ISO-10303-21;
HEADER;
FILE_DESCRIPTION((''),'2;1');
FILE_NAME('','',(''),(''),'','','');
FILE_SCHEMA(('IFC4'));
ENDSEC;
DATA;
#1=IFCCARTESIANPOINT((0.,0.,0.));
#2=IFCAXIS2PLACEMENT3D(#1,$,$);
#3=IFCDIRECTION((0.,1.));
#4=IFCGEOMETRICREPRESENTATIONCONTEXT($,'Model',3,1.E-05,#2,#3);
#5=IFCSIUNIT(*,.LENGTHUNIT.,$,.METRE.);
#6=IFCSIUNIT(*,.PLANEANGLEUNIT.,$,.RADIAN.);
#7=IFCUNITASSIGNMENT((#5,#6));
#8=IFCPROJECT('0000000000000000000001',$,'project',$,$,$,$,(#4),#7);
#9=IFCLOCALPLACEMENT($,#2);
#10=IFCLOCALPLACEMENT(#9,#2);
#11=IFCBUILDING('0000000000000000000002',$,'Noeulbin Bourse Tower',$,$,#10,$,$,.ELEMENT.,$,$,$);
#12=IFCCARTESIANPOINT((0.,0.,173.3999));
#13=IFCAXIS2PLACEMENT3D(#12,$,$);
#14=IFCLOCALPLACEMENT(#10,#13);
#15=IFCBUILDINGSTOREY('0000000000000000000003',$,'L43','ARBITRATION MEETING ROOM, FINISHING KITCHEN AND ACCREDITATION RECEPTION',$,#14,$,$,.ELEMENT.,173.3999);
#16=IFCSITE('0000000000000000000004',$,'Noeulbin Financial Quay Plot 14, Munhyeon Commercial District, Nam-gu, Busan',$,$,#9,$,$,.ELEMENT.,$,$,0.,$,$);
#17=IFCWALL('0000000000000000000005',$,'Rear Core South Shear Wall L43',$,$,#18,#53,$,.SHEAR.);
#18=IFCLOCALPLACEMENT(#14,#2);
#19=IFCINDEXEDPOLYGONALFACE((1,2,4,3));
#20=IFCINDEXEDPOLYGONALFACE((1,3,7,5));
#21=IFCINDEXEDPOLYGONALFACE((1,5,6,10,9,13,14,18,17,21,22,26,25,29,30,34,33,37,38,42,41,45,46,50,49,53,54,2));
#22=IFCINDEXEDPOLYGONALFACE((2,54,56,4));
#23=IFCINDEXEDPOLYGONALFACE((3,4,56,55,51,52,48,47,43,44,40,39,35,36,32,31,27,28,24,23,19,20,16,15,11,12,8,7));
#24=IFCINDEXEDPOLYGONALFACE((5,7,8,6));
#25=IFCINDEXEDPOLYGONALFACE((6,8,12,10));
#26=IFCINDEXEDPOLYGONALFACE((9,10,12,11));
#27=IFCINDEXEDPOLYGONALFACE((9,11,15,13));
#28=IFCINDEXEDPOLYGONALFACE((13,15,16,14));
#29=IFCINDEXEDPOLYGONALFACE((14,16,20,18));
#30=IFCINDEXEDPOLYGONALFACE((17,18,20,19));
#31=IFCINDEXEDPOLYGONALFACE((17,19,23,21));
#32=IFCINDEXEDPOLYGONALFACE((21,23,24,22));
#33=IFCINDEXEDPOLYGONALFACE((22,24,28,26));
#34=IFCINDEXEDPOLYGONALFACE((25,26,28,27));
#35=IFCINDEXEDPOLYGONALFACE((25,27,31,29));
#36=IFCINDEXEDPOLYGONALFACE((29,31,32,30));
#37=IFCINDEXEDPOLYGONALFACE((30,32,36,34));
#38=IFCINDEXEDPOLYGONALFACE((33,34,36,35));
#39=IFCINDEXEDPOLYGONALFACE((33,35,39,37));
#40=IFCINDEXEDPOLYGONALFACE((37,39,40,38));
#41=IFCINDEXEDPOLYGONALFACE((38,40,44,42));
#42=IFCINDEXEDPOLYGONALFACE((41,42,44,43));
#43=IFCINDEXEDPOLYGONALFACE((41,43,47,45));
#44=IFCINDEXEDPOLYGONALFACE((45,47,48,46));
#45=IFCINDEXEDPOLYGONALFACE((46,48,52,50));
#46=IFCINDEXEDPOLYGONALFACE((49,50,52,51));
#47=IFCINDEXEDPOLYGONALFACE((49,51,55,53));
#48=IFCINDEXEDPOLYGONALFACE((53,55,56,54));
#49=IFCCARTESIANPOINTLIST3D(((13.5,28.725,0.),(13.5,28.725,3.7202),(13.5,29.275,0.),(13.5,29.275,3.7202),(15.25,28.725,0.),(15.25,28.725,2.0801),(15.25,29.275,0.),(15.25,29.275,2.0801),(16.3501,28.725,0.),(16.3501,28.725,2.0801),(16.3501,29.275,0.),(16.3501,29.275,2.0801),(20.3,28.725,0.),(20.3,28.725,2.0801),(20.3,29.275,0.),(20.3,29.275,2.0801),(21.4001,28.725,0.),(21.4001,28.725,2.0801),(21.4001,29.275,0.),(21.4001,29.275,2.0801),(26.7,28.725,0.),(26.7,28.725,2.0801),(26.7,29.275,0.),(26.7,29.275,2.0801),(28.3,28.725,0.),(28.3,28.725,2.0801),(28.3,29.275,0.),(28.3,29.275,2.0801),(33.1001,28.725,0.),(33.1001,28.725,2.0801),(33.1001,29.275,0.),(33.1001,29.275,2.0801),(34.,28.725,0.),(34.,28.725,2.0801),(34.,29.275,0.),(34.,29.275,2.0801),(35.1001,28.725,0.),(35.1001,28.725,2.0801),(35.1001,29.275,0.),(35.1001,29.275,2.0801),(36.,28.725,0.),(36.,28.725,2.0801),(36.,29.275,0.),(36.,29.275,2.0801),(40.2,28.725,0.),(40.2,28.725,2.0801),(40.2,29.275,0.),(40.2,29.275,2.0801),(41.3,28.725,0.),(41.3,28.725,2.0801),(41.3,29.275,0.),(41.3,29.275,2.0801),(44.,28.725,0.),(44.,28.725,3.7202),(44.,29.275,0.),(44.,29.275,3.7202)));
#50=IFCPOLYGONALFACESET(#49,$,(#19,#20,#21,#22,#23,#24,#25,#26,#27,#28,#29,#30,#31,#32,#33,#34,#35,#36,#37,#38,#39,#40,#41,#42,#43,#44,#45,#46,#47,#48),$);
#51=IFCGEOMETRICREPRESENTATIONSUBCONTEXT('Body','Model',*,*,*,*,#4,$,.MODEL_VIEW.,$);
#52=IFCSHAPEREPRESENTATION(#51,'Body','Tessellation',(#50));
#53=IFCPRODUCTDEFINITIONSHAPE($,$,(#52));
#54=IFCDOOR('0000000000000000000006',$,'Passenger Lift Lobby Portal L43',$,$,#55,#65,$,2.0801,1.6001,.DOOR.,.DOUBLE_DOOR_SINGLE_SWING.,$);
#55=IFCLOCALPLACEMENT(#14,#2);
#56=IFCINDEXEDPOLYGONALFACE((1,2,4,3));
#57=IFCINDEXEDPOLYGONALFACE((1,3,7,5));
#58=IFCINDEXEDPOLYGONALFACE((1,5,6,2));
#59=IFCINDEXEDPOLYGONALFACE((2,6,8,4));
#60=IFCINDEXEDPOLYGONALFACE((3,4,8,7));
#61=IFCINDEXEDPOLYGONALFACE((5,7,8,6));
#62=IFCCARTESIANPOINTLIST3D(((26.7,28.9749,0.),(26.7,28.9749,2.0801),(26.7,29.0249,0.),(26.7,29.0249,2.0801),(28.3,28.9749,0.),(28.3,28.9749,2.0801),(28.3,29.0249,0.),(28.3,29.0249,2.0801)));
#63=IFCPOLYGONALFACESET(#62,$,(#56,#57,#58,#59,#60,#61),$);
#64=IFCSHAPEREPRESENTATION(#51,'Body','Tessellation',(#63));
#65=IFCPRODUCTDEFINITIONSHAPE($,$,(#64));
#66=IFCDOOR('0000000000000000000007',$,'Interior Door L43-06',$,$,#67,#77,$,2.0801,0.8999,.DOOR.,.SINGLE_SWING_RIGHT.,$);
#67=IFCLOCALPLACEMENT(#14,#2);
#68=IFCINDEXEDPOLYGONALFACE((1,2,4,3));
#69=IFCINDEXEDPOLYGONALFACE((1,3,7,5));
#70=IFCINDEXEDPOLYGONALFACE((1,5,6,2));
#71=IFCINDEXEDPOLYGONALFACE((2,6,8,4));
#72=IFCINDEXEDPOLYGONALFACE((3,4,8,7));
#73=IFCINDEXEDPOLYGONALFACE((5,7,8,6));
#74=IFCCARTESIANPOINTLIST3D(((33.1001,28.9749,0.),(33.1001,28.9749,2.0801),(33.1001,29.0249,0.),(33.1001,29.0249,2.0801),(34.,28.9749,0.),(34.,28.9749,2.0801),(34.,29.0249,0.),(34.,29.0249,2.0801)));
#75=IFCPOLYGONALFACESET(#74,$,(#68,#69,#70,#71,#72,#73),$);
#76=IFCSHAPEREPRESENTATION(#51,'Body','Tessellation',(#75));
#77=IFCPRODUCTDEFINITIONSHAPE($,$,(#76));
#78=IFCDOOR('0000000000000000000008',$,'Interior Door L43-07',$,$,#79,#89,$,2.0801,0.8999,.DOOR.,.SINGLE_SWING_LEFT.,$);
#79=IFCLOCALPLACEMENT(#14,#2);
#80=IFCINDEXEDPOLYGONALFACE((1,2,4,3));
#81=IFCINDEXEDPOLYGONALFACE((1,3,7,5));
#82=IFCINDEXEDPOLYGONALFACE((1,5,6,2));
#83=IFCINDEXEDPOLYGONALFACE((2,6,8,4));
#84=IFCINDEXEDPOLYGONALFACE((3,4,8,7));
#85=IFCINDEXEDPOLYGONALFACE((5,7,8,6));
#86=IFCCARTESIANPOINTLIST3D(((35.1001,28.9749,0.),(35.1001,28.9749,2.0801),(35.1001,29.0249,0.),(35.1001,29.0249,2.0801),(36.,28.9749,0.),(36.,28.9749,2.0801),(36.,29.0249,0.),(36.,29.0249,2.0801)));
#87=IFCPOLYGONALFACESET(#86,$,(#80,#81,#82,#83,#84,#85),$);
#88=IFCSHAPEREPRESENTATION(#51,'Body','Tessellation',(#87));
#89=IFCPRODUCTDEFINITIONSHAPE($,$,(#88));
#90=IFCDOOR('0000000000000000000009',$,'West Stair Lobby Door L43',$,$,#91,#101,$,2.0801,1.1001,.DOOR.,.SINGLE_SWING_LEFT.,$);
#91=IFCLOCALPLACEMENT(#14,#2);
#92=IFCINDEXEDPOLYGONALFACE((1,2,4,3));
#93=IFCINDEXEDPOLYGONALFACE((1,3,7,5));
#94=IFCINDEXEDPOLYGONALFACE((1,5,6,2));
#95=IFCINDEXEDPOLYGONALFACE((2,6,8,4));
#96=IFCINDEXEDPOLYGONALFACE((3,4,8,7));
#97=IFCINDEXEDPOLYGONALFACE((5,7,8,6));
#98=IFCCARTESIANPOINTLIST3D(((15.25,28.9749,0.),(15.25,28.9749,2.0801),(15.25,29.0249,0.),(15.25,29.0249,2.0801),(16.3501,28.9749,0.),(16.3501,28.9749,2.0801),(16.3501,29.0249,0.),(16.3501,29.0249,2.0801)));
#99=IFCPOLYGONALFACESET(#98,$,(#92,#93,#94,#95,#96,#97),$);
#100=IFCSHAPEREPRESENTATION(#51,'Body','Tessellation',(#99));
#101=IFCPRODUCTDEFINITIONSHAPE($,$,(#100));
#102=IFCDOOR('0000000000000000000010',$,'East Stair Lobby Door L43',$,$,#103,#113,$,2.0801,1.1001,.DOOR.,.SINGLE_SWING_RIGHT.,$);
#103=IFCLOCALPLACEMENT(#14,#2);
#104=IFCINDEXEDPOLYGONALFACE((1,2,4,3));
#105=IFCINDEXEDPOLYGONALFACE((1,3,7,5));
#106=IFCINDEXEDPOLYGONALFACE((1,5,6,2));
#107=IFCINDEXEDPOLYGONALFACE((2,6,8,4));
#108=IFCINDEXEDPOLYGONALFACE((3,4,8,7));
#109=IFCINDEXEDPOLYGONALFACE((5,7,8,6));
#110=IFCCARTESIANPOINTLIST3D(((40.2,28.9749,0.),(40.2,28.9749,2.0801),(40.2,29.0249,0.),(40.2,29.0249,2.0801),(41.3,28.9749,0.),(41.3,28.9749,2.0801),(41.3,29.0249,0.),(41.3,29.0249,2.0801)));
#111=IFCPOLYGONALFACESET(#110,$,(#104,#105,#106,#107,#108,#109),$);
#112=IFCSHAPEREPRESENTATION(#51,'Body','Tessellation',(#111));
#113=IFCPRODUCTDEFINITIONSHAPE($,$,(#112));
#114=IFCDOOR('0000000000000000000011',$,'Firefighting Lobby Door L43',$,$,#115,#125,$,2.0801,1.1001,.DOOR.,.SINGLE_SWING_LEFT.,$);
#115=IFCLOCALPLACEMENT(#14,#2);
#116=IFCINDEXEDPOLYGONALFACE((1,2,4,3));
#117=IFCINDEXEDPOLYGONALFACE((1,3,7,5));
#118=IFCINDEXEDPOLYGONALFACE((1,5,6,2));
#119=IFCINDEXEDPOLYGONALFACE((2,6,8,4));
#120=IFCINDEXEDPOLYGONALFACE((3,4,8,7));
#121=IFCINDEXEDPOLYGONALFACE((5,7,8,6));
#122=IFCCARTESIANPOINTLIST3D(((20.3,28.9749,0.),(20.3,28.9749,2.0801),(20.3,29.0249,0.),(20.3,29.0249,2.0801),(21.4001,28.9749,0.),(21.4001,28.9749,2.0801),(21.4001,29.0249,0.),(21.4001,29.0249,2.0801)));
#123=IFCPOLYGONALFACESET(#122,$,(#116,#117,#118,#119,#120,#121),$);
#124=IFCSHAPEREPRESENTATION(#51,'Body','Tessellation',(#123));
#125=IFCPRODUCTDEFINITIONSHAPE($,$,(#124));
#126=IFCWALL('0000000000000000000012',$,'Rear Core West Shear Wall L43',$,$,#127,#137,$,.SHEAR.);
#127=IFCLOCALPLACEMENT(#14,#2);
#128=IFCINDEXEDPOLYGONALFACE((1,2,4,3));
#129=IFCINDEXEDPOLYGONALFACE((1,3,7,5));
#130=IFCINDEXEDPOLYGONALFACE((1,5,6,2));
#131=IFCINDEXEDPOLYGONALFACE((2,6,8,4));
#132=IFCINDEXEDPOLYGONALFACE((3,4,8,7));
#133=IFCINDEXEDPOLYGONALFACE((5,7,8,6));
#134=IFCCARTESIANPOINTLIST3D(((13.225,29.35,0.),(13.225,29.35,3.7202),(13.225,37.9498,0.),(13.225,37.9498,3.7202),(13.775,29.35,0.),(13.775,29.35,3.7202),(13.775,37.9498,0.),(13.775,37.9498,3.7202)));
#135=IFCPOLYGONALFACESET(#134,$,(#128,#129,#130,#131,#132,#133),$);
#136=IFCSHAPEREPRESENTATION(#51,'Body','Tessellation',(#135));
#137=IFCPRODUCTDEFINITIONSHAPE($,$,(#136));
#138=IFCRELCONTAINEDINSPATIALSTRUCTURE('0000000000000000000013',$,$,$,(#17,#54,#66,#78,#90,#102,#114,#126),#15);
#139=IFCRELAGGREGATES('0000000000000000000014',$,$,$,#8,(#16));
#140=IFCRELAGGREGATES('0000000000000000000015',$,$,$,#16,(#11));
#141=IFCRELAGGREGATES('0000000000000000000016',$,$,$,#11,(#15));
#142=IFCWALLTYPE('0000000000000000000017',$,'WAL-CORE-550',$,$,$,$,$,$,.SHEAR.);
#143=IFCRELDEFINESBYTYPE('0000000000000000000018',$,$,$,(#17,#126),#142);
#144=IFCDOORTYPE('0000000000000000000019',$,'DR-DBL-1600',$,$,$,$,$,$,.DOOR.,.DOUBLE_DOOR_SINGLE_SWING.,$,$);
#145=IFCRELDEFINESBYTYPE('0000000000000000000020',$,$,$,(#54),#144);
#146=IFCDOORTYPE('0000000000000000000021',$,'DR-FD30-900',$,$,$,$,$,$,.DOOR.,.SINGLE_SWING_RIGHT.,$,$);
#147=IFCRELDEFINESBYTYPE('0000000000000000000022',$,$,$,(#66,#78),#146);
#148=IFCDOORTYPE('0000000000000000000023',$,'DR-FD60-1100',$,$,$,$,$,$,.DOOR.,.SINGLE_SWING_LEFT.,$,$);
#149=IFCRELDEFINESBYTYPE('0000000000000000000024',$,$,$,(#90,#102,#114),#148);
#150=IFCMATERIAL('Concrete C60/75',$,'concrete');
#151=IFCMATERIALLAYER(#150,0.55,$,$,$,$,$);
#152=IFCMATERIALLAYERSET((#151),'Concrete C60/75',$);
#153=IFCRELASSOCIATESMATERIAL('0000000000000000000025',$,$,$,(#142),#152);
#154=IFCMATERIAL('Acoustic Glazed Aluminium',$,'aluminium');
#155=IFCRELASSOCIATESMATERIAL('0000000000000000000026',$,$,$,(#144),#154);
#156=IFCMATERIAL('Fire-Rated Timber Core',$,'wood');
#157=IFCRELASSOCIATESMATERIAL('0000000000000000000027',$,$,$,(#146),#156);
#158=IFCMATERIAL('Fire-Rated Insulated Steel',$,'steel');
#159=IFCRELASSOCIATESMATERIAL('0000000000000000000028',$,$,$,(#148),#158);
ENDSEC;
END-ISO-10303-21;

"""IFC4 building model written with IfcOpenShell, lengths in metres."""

from ifc_helpers import new_model, si_unit, direction, frame, frame_2d, origin, place, context, subcontext, project, spatial, rectangle, extrude, material, layer, layer_set, type_object, element, fill, save


model = new_model("IFC4")

# Units and contexts
model_context = context("Model", 3, precision=1e-05, world=origin(), true_north=direction((0.0, 1.0)))
body_context = subcontext(model_context, "Body", "Model", "MODEL_VIEW")
ifc_project = project(units=[si_unit("LENGTHUNIT", "METRE"), si_unit("PLANEANGLEUNIT", "RADIAN")], contexts=[model_context])

# Site, building, storey
site_placement = place(None, origin())
site = spatial("IfcSite", under=ifc_project, at=site_placement, Name="Noeulbin Financial Quay Plot 14, Munhyeon Commercial District, Nam-gu, Busan", CompositionType="ELEMENT", RefElevation=0.0)
building_placement = place(site_placement, origin())
building = spatial("IfcBuilding", under=site, at=building_placement, Name="Noeulbin Bourse Tower", CompositionType="ELEMENT")
storey_placement = place(building_placement, frame((0.0, 0.0, 173.3999)))
storey = spatial("IfcBuildingStorey", under=building, at=storey_placement, Name="L43", Description="ARBITRATION MEETING ROOM, FINISHING KITCHEN AND ACCREDITATION RECEPTION", CompositionType="ELEMENT", Elevation=173.3999)

# Wall, openings, doors
ifc_material_1 = material(Name="Concrete C60/75", Category="concrete")
ifc_layer_1 = layer(ifc_material_1, 0.55)
ifc_layer_set_1 = layer_set([ifc_layer_1], Name="Concrete C60/75")
wall_type_1 = type_object("IfcWallType", Name="WAL-CORE-550", PredefinedType="SHEAR", material=ifc_layer_set_1)
wall_1_placement = place(storey_placement, frame((13.5, 29.0, 0.0), z_axis=(0.0, 0.0, 1.0), x_axis=(1.0, 0.0, 0.0)))
wall_1 = element("IfcWall", 1, at=wall_1_placement, inside=storey, type_object=wall_type_1, Name="Rear Core South Shear Wall L43", PredefinedType="SHEAR", context=body_context, shape_type="SweptSolid", body=[
    extrude(rectangle(XDim=30.5, YDim=0.55, at=frame_2d((15.25, 0.0))), origin(), (0.0, 0.0, 1.0), 3.7202),
])
opening_1_placement = place(wall_1_placement, frame((1.75, 0.0, 0.0)))
opening_1 = element("IfcOpeningElement", 2, at=opening_1_placement, cuts=wall_1, PredefinedType="OPENING", context=body_context, shape_type="SweptSolid", body=[
    extrude(rectangle(XDim=1.1001, YDim=2.0801, at=frame_2d((0.55, 1.04))), frame((0.0, 0.2849, 0.0), z_axis=(0.0, -1.0, 0.0), x_axis=(1.0, 0.0, 0.0)), (0.0, 0.0, 1.0), 0.5701),
])
opening_2_placement = place(wall_1_placement, frame((26.7, 0.0, 0.0)))
opening_2 = element("IfcOpeningElement", 3, at=opening_2_placement, cuts=wall_1, PredefinedType="OPENING", context=body_context, shape_type="SweptSolid", body=[
    extrude(rectangle(XDim=1.1001, YDim=2.0801, at=frame_2d((0.55, 1.04))), frame((0.0, 0.2849, 0.0), z_axis=(0.0, -1.0, 0.0), x_axis=(1.0, 0.0, 0.0)), (0.0, 0.0, 1.0), 0.5701),
])
opening_3_placement = place(wall_1_placement, frame((6.8, 0.0, 0.0)))
opening_3 = element("IfcOpeningElement", 4, at=opening_3_placement, cuts=wall_1, PredefinedType="OPENING", context=body_context, shape_type="SweptSolid", body=[
    extrude(rectangle(XDim=1.1001, YDim=2.0801, at=frame_2d((0.55, 1.04))), frame((0.0, 0.2849, 0.0), z_axis=(0.0, -1.0, 0.0), x_axis=(1.0, 0.0, 0.0)), (0.0, 0.0, 1.0), 0.5701),
])
opening_4_placement = place(wall_1_placement, frame((13.2, 0.0, 0.0)))
opening_4 = element("IfcOpeningElement", 5, at=opening_4_placement, cuts=wall_1, PredefinedType="OPENING", context=body_context, shape_type="SweptSolid", body=[
    extrude(rectangle(XDim=1.6001, YDim=2.0801, at=frame_2d((0.8, 1.04))), frame((0.0, 0.2849, 0.0), z_axis=(0.0, -1.0, 0.0), x_axis=(1.0, 0.0, 0.0)), (0.0, 0.0, 1.0), 0.5701),
])
opening_5_placement = place(wall_1_placement, frame((19.6001, 0.0, 0.0)))
opening_5 = element("IfcOpeningElement", 6, at=opening_5_placement, cuts=wall_1, PredefinedType="OPENING", context=body_context, shape_type="SweptSolid", body=[
    extrude(rectangle(XDim=0.8999, YDim=2.0801, at=frame_2d((0.45, 1.04))), frame((0.0, 0.2849, 0.0), z_axis=(0.0, -1.0, 0.0), x_axis=(1.0, 0.0, 0.0)), (0.0, 0.0, 1.0), 0.5701),
])
opening_6_placement = place(wall_1_placement, frame((21.6001, 0.0, 0.0)))
opening_6 = element("IfcOpeningElement", 7, at=opening_6_placement, cuts=wall_1, PredefinedType="OPENING", context=body_context, shape_type="SweptSolid", body=[
    extrude(rectangle(XDim=0.8999, YDim=2.0801, at=frame_2d((0.45, 1.04))), frame((0.0, 0.2849, 0.0), z_axis=(0.0, -1.0, 0.0), x_axis=(1.0, 0.0, 0.0)), (0.0, 0.0, 1.0), 0.5701),
])
ifc_material_2 = material(Name="Acoustic Glazed Aluminium", Category="aluminium")
door_type_1 = type_object("IfcDoorType", Name="DR-DBL-1600", OperationType="DOUBLE_DOOR_SINGLE_SWING", PredefinedType="DOOR", material=ifc_material_2)
door_1_placement = place(opening_4_placement, origin())
door_1 = element("IfcDoor", 8, at=door_1_placement, inside=storey, type_object=door_type_1, Name="Passenger Lift Lobby Portal L43", OperationType="DOUBLE_DOOR_SINGLE_SWING", OverallHeight=2.0801, OverallWidth=1.6001, PredefinedType="DOOR", context=body_context, shape_type="SweptSolid", body=[
    extrude(rectangle(XDim=1.6001, YDim=2.0801, at=frame_2d((0.8, 1.04))), frame((0.0, 0.0249, 0.0), z_axis=(0.0, -1.0, 0.0), x_axis=(1.0, 0.0, 0.0)), (0.0, 0.0, 1.0), 0.05),
])
fill(opening_4, door_1)
ifc_material_3 = material(Name="Fire-Rated Timber Core", Category="wood")
door_type_2 = type_object("IfcDoorType", Name="DR-FD30-900", OperationType="SINGLE_SWING_RIGHT", PredefinedType="DOOR", material=ifc_material_3)
door_2_placement = place(opening_5_placement, origin())
door_2 = element("IfcDoor", 9, at=door_2_placement, inside=storey, type_object=door_type_2, Name="Interior Door L43-06", OperationType="SINGLE_SWING_RIGHT", OverallHeight=2.0801, OverallWidth=0.8999, PredefinedType="DOOR", context=body_context, shape_type="SweptSolid", body=[
    extrude(rectangle(XDim=0.8999, YDim=2.0801, at=frame_2d((0.45, 1.04))), frame((0.0, 0.0249, 0.0), z_axis=(0.0, -1.0, 0.0), x_axis=(1.0, 0.0, 0.0)), (0.0, 0.0, 1.0), 0.05),
])
fill(opening_5, door_2)
door_3_placement = place(opening_6_placement, origin())
door_3 = element("IfcDoor", 10, at=door_3_placement, inside=storey, type_object=door_type_2, Name="Interior Door L43-07", OperationType="SINGLE_SWING_LEFT", OverallHeight=2.0801, OverallWidth=0.8999, PredefinedType="DOOR", context=body_context, shape_type="SweptSolid", body=[
    extrude(rectangle(XDim=0.8999, YDim=2.0801, at=frame_2d((0.45, 1.04))), frame((0.0, 0.0249, 0.0), z_axis=(0.0, -1.0, 0.0), x_axis=(1.0, 0.0, 0.0)), (0.0, 0.0, 1.0), 0.05),
])
fill(opening_6, door_3)
ifc_material_4 = material(Name="Fire-Rated Insulated Steel", Category="steel")
door_type_3 = type_object("IfcDoorType", Name="DR-FD60-1100", OperationType="SINGLE_SWING_LEFT", PredefinedType="DOOR", material=ifc_material_4)
door_4_placement = place(opening_1_placement, origin())
door_4 = element("IfcDoor", 11, at=door_4_placement, inside=storey, type_object=door_type_3, Name="West Stair Lobby Door L43", OperationType="SINGLE_SWING_LEFT", OverallHeight=2.0801, OverallWidth=1.1001, PredefinedType="DOOR", context=body_context, shape_type="SweptSolid", body=[
    extrude(rectangle(XDim=1.1001, YDim=2.0801, at=frame_2d((0.55, 1.04))), frame((0.0, 0.0249, 0.0), z_axis=(0.0, -1.0, 0.0), x_axis=(1.0, 0.0, 0.0)), (0.0, 0.0, 1.0), 0.05),
])
fill(opening_1, door_4)
door_5_placement = place(opening_2_placement, origin())
door_5 = element("IfcDoor", 12, at=door_5_placement, inside=storey, type_object=door_type_3, Name="East Stair Lobby Door L43", OperationType="SINGLE_SWING_RIGHT", OverallHeight=2.0801, OverallWidth=1.1001, PredefinedType="DOOR", context=body_context, shape_type="SweptSolid", body=[
    extrude(rectangle(XDim=1.1001, YDim=2.0801, at=frame_2d((0.55, 1.04))), frame((0.0, 0.0249, 0.0), z_axis=(0.0, -1.0, 0.0), x_axis=(1.0, 0.0, 0.0)), (0.0, 0.0, 1.0), 0.05),
])
fill(opening_2, door_5)
door_6_placement = place(opening_3_placement, origin())
door_6 = element("IfcDoor", 13, at=door_6_placement, inside=storey, type_object=door_type_3, Name="Firefighting Lobby Door L43", OperationType="SINGLE_SWING_LEFT", OverallHeight=2.0801, OverallWidth=1.1001, PredefinedType="DOOR", context=body_context, shape_type="SweptSolid", body=[
    extrude(rectangle(XDim=1.1001, YDim=2.0801, at=frame_2d((0.55, 1.04))), frame((0.0, 0.0249, 0.0), z_axis=(0.0, -1.0, 0.0), x_axis=(1.0, 0.0, 0.0)), (0.0, 0.0, 1.0), 0.05),
])
fill(opening_3, door_6)

# Wall
wall_2_placement = place(storey_placement, frame((13.5, 29.3501, 0.0), z_axis=(0.0, 0.0, 1.0), x_axis=(0.0, 1.0, 0.0)))
element("IfcWall", 14, at=wall_2_placement, inside=storey, type_object=wall_type_1, Name="Rear Core West Shear Wall L43", PredefinedType="SHEAR", context=body_context, shape_type="SweptSolid", body=[
    extrude(rectangle(XDim=8.5999, YDim=0.55, at=frame_2d((4.2998, 0.0))), origin(), (0.0, 0.0, 1.0), 3.7202),
])

save(model, "model.ifc")
